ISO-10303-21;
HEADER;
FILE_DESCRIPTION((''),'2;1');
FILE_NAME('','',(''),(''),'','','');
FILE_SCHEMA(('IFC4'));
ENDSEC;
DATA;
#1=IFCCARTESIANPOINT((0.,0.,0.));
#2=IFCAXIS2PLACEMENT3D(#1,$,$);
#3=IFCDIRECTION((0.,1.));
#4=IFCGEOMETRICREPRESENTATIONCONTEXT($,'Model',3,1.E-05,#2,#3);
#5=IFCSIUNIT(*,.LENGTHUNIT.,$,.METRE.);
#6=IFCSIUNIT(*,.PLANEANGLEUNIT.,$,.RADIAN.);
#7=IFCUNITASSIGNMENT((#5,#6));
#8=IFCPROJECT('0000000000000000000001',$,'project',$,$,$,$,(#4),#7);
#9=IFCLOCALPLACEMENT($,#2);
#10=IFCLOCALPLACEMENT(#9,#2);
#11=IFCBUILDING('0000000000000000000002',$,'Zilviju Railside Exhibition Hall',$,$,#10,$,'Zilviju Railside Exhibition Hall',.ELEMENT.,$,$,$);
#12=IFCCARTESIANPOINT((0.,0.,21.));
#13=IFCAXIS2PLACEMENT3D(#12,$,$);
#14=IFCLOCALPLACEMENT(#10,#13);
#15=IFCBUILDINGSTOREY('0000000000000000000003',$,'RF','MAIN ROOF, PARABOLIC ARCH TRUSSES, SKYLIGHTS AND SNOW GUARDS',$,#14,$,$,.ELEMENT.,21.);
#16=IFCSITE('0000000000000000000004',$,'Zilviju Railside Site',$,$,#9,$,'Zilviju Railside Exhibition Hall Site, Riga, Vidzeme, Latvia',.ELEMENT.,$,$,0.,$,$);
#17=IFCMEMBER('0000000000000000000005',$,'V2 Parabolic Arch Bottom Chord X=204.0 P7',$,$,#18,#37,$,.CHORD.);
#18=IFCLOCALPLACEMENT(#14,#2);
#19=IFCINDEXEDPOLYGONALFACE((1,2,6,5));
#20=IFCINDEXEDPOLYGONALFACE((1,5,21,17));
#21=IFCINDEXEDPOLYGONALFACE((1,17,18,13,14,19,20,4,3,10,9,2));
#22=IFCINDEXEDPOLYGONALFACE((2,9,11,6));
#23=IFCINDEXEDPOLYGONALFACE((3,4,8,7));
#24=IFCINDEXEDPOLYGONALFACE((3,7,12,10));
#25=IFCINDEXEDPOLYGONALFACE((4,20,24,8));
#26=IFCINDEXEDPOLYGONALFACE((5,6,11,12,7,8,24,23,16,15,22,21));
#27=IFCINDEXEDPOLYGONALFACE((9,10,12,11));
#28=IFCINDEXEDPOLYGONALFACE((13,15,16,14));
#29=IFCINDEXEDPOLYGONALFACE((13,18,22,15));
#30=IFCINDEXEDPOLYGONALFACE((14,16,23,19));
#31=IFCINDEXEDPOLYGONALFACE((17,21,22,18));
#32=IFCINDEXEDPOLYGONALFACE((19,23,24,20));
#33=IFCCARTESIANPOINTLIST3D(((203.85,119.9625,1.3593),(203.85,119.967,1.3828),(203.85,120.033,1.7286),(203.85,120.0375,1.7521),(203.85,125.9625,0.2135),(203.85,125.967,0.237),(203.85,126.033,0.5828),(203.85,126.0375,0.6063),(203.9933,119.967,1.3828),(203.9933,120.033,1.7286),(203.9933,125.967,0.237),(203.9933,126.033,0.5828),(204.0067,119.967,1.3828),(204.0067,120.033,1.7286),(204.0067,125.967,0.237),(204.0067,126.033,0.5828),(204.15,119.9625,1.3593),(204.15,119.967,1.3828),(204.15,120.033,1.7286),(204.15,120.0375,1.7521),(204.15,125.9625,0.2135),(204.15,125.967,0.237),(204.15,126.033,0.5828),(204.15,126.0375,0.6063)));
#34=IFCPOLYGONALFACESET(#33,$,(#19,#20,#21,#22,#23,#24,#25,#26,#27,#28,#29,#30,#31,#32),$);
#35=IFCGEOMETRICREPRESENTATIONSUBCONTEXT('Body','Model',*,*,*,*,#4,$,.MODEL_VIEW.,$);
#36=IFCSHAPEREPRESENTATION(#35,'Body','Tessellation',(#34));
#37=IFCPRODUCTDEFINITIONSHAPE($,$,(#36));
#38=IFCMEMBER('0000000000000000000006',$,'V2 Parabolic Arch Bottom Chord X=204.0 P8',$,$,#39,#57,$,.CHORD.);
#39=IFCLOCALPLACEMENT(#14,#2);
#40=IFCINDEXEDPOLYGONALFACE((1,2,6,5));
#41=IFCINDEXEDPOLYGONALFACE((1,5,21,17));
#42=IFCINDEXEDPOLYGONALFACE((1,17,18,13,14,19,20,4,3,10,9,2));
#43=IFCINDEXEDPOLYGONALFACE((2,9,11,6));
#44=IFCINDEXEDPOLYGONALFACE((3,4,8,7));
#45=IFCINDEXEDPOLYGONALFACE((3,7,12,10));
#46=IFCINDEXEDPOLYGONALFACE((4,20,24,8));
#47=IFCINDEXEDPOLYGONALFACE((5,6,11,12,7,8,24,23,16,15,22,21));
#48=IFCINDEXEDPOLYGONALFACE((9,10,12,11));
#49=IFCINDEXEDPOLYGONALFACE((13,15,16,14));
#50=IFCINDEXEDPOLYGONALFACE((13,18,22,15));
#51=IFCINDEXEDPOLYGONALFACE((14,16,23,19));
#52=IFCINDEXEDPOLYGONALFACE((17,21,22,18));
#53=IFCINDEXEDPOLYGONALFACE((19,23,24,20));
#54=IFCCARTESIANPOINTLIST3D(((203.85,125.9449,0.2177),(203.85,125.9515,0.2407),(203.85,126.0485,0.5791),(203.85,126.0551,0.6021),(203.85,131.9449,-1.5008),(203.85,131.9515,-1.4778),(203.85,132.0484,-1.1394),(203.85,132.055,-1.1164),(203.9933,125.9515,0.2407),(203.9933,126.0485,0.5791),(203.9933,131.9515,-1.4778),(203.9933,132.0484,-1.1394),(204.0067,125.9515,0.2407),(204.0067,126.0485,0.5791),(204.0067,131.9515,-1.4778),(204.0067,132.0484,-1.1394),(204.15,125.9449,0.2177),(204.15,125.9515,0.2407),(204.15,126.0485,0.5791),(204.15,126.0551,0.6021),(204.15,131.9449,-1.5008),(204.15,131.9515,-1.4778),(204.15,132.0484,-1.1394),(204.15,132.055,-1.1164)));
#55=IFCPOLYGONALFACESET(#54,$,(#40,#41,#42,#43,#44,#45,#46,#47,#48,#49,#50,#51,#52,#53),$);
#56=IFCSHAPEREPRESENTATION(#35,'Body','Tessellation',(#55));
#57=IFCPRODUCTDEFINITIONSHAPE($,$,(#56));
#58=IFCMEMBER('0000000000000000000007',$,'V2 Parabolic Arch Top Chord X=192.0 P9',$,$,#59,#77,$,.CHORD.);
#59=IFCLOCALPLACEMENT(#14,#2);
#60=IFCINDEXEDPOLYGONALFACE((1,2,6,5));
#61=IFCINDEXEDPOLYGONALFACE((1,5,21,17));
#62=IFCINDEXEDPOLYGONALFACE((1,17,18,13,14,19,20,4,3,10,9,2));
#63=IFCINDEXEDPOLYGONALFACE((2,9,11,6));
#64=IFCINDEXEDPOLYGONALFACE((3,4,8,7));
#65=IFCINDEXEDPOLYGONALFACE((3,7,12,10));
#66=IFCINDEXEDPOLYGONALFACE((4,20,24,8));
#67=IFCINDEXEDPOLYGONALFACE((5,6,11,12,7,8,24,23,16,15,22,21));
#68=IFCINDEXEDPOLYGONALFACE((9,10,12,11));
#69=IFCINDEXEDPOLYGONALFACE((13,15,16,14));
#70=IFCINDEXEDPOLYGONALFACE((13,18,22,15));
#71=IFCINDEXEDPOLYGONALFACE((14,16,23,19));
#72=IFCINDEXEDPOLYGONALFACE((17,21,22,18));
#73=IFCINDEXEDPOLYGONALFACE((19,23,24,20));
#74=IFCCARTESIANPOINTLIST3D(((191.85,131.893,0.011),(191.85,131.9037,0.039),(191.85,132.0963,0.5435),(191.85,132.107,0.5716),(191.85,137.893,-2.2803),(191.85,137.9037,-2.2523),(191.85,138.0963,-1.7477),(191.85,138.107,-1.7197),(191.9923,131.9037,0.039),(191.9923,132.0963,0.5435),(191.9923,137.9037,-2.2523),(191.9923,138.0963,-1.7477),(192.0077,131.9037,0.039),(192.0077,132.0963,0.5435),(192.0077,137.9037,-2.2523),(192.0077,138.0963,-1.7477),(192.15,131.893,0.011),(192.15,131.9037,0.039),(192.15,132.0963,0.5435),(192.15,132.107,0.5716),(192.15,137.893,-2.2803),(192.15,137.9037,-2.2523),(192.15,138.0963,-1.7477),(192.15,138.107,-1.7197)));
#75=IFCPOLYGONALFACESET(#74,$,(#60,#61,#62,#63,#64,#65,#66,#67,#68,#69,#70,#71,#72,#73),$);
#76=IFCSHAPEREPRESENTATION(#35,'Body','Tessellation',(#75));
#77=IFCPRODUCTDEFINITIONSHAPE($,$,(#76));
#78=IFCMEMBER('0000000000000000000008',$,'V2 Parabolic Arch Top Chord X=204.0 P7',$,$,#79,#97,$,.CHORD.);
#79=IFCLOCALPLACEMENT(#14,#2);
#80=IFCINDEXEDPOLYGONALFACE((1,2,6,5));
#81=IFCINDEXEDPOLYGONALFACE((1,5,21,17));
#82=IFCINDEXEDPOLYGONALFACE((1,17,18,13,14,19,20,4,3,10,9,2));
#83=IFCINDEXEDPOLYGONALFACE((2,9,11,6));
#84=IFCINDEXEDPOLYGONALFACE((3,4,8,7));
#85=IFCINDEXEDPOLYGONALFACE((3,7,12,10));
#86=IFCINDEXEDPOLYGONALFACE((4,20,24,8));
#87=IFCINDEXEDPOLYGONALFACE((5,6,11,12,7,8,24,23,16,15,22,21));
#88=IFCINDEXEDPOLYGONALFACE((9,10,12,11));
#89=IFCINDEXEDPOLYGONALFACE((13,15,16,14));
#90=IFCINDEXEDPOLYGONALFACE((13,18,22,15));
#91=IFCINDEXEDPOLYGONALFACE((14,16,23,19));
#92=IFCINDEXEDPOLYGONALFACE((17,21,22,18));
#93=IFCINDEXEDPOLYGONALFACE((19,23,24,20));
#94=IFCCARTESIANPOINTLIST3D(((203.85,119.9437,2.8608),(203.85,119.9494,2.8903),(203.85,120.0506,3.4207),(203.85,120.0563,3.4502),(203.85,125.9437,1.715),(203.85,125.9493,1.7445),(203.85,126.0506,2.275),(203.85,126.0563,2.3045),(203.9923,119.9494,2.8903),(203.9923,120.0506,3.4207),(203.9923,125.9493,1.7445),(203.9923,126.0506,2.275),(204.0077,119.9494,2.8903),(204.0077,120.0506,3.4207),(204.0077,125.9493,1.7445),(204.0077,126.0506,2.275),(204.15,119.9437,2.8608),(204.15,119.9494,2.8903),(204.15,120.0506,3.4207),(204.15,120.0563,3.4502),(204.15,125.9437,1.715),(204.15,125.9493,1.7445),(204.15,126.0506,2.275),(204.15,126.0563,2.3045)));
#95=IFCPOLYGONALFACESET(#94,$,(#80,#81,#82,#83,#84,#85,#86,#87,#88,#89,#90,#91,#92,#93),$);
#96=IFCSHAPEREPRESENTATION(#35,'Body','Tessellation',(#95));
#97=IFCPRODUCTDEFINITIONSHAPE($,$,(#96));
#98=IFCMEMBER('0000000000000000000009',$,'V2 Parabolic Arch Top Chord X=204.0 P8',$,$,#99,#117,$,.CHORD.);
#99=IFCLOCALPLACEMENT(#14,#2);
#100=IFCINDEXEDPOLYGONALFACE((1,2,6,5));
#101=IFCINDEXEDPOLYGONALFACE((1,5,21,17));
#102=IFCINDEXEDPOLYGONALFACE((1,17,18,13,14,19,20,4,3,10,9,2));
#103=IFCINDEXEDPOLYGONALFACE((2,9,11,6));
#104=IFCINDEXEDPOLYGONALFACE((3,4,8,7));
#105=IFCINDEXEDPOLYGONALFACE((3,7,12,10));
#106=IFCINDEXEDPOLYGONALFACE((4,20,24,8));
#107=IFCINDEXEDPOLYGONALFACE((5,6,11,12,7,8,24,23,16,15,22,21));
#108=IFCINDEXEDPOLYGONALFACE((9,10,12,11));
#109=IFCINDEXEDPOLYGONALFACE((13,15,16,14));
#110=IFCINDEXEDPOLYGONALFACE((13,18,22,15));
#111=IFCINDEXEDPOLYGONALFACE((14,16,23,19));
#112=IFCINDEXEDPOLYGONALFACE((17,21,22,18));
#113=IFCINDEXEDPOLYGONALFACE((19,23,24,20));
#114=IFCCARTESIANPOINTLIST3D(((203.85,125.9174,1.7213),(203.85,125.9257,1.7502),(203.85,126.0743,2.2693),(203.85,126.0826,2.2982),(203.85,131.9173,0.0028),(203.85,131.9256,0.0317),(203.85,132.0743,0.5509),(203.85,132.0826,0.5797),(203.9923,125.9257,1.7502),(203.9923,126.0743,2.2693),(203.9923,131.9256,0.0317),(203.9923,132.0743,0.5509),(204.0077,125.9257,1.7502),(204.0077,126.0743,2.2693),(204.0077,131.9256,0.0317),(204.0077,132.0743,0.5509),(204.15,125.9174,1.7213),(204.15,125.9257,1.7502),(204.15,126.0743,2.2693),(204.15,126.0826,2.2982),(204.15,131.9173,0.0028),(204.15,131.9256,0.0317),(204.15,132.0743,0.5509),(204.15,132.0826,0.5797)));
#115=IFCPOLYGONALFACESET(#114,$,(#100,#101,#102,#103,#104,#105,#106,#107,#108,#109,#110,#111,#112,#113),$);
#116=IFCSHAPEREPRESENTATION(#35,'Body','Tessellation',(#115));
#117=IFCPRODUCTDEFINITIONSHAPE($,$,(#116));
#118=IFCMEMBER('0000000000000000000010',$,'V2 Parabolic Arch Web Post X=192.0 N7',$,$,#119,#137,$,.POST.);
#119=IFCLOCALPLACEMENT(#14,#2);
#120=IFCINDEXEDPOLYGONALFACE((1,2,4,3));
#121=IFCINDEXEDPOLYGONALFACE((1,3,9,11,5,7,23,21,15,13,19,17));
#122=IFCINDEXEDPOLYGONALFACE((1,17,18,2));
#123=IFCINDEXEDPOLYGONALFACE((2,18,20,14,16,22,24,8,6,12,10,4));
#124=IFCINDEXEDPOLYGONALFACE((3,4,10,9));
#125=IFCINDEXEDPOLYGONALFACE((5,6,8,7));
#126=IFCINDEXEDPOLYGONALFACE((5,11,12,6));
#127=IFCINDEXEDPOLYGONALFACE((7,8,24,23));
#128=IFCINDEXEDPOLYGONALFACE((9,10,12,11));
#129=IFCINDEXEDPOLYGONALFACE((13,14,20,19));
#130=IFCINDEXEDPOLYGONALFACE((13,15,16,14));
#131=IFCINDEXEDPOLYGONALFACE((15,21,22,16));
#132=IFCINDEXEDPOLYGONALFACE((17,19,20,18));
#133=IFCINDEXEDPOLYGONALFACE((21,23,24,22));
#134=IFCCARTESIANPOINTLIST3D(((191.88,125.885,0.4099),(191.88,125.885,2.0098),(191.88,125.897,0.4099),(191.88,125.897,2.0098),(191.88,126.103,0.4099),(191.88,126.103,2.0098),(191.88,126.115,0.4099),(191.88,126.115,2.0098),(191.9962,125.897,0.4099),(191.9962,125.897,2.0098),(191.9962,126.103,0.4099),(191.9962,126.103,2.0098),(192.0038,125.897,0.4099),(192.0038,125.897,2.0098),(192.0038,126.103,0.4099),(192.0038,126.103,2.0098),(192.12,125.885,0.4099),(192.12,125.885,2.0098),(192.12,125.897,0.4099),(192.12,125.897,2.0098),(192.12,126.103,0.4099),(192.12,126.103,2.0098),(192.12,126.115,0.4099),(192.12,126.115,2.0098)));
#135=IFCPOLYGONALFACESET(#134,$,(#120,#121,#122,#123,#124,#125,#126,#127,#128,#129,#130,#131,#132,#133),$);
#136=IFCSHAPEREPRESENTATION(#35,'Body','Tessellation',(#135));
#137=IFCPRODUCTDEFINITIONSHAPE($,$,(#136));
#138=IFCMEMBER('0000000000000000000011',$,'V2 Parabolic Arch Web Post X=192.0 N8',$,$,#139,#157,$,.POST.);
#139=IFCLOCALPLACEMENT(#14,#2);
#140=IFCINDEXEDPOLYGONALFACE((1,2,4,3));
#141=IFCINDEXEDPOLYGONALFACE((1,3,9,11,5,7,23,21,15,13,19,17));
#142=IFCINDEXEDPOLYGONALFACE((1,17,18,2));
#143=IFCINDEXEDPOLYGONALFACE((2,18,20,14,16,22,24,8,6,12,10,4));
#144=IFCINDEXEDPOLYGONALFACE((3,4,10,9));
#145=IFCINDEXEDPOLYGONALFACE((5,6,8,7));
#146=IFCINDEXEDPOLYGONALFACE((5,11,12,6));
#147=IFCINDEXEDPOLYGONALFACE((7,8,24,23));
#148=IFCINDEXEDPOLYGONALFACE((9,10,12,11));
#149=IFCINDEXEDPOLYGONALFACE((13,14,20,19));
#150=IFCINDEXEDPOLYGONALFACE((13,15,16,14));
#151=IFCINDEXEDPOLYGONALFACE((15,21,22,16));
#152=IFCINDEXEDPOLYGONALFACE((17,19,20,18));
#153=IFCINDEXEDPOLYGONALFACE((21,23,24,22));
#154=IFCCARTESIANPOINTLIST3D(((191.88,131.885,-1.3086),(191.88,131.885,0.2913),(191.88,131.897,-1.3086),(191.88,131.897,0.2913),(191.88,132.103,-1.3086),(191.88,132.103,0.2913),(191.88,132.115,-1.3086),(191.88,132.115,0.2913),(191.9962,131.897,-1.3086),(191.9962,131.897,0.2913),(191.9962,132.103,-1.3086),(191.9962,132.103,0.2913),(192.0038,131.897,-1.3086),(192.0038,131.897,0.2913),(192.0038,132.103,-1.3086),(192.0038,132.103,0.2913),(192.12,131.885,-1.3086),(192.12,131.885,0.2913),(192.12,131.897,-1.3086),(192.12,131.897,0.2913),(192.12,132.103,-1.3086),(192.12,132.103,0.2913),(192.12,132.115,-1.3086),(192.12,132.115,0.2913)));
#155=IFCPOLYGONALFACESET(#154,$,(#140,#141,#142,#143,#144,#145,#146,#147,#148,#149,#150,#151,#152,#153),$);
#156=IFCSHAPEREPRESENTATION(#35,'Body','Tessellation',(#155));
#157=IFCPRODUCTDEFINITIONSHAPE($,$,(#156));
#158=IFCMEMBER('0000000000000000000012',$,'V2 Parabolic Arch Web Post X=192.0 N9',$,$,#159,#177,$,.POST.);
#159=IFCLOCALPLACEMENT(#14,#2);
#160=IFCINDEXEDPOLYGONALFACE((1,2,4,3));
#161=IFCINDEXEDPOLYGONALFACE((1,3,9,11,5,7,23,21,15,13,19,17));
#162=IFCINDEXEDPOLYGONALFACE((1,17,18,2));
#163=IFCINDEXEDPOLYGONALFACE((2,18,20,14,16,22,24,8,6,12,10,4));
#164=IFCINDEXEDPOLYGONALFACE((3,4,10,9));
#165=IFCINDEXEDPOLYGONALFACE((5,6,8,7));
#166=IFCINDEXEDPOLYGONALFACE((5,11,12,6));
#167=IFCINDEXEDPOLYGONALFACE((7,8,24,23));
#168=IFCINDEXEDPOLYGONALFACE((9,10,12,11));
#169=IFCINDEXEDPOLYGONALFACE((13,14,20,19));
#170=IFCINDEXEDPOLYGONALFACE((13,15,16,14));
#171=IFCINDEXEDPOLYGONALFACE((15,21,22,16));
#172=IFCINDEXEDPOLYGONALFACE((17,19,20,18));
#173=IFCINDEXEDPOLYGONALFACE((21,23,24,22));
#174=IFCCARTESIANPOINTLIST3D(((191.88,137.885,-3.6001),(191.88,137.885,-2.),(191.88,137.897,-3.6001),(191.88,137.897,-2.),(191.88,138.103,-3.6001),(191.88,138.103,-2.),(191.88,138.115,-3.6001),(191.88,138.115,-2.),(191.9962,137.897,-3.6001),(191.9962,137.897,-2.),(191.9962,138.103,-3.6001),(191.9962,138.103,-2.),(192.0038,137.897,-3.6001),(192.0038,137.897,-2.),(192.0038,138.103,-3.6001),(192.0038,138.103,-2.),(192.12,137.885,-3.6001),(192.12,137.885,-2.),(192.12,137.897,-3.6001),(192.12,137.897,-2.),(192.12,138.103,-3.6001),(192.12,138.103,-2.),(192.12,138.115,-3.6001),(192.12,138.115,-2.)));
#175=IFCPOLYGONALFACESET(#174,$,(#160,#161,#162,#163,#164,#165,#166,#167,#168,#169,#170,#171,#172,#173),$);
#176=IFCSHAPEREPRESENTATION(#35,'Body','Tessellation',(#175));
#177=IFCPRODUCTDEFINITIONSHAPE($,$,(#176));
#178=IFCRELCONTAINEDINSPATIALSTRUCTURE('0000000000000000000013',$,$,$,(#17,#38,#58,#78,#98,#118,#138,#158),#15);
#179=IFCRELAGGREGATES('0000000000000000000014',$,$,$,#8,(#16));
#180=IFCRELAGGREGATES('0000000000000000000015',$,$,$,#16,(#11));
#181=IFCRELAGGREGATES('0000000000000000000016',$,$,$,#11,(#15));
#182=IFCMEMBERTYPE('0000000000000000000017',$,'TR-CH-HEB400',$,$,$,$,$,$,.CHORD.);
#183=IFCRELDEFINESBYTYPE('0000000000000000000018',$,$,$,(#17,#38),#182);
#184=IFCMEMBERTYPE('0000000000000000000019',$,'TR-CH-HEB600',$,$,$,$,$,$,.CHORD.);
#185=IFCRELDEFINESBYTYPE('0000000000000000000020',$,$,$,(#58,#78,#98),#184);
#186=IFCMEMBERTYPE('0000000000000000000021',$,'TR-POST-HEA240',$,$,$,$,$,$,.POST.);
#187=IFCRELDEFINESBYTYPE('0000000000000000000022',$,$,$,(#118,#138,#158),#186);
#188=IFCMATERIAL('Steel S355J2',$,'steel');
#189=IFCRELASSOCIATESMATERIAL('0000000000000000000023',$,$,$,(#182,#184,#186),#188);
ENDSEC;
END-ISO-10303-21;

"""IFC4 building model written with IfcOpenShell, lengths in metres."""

from ifc_helpers import new_model, si_unit, direction, frame, origin, origin_2d, place, context, subcontext, project, spatial, i_section, extrude, material, material_profile, profile_set, type_object, element, save


model = new_model("IFC4")

# Units and contexts
model_context = context("Model", 3, precision=1e-05, world=origin(), true_north=direction((0.0, 1.0)))
body_context = subcontext(model_context, "Body", "Model", "MODEL_VIEW")
ifc_project = project(units=[si_unit("LENGTHUNIT", "METRE"), si_unit("PLANEANGLEUNIT", "RADIAN")], contexts=[model_context])

# Site, building, storey
site_placement = place(None, origin())
site = spatial("IfcSite", under=ifc_project, at=site_placement, Name="Zilviju Railside Site", LongName="Zilviju Railside Exhibition Hall Site, Riga, Vidzeme, Latvia", CompositionType="ELEMENT", RefElevation=0.0)
building_placement = place(site_placement, origin())
building = spatial("IfcBuilding", under=site, at=building_placement, Name="Zilviju Railside Exhibition Hall", LongName="Zilviju Railside Exhibition Hall", CompositionType="ELEMENT")
storey_placement = place(building_placement, frame((0.0, 0.0, 21.0)))
storey = spatial("IfcBuildingStorey", under=building, at=storey_placement, Name="RF", Description="MAIN ROOF, PARABOLIC ARCH TRUSSES, SKYLIGHTS AND SNOW GUARDS", CompositionType="ELEMENT", Elevation=21.0)

# Members
ifc_material_1 = material(Name="Steel S355J2", Category="steel")
ifc_material_profile_1 = material_profile(ifc_material_1, i_section(OverallWidth=0.3, OverallDepth=0.3999, WebThickness=0.0134, FlangeThickness=0.0239, at=origin_2d()), Name="HEB 400")
ifc_profile_set_1 = profile_set([ifc_material_profile_1], Name="Steel S355J2")
member_type_1 = type_object("IfcMemberType", Name="TR-CH-HEB400", PredefinedType="CHORD", material=ifc_profile_set_1)
member_1_placement = place(storey_placement, frame((204.0, 120.0, 1.5557), z_axis=(0.0, 0.982251, -0.187569), x_axis=(-1.0, 0.0, 0.0)))
element("IfcMember", 1, at=member_1_placement, inside=storey, type_object=member_type_1, Name="V2 Parabolic Arch Bottom Chord X=204.0 P7", PredefinedType="CHORD", context=body_context, shape_type="SweptSolid", body=[
    extrude(i_section(OverallWidth=0.3, OverallDepth=0.3999, WebThickness=0.0134, FlangeThickness=0.0239, at=origin_2d()), origin(), (0.0, 0.0, 1.0), 6.1084),
])
member_2_placement = place(storey_placement, frame((204.0, 126.0, 0.4099), z_axis=(0.0, 0.961345, -0.275346), x_axis=(-1.0, 0.0, 0.0)))
element("IfcMember", 2, at=member_2_placement, inside=storey, type_object=member_type_1, Name="V2 Parabolic Arch Bottom Chord X=204.0 P8", PredefinedType="CHORD", context=body_context, shape_type="SweptSolid", body=[
    extrude(i_section(OverallWidth=0.3, OverallDepth=0.3999, WebThickness=0.0134, FlangeThickness=0.0239, at=origin_2d()), origin(), (0.0, 0.0, 1.0), 6.2412),
])
ifc_material_profile_2 = material_profile(ifc_material_1, i_section(OverallWidth=0.3, OverallDepth=0.6001, WebThickness=0.0154, FlangeThickness=0.03, at=origin_2d()), Name="HEB 600")
ifc_profile_set_2 = profile_set([ifc_material_profile_2], Name="Steel S355J2")
member_type_2 = type_object("IfcMemberType", Name="TR-CH-HEB600", PredefinedType="CHORD", material=ifc_profile_set_2)
member_3_placement = place(storey_placement, frame((192.0, 132.0, 0.2913), z_axis=(0.0, 0.9342, -0.356749), x_axis=(-1.0, 0.0, 0.0)))
element("IfcMember", 3, at=member_3_placement, inside=storey, type_object=member_type_2, Name="V2 Parabolic Arch Top Chord X=192.0 P9", PredefinedType="CHORD", context=body_context, shape_type="SweptSolid", body=[
    extrude(i_section(OverallWidth=0.3, OverallDepth=0.6001, WebThickness=0.0154, FlangeThickness=0.03, at=origin_2d()), origin(), (0.0, 0.0, 1.0), 6.4226),
])
member_4_placement = place(storey_placement, frame((204.0, 120.0, 3.1555), z_axis=(0.0, 0.982251, -0.187569), x_axis=(-1.0, 0.0, 0.0)))
element("IfcMember", 4, at=member_4_placement, inside=storey, type_object=member_type_2, Name="V2 Parabolic Arch Top Chord X=204.0 P7", PredefinedType="CHORD", context=body_context, shape_type="SweptSolid", body=[
    extrude(i_section(OverallWidth=0.3, OverallDepth=0.6001, WebThickness=0.0154, FlangeThickness=0.03, at=origin_2d()), origin(), (0.0, 0.0, 1.0), 6.1084),
])
member_5_placement = place(storey_placement, frame((204.0, 126.0, 2.0098), z_axis=(0.0, 0.961345, -0.275346), x_axis=(-1.0, 0.0, 0.0)))
element("IfcMember", 5, at=member_5_placement, inside=storey, type_object=member_type_2, Name="V2 Parabolic Arch Top Chord X=204.0 P8", PredefinedType="CHORD", context=body_context, shape_type="SweptSolid", body=[
    extrude(i_section(OverallWidth=0.3, OverallDepth=0.6001, WebThickness=0.0154, FlangeThickness=0.03, at=origin_2d()), origin(), (0.0, 0.0, 1.0), 6.2412),
])
ifc_material_profile_3 = material_profile(ifc_material_1, i_section(OverallWidth=0.24, OverallDepth=0.23, WebThickness=0.0076, FlangeThickness=0.012, at=origin_2d()), Name="HEA 240")
ifc_profile_set_3 = profile_set([ifc_material_profile_3], Name="Steel S355J2")
member_type_3 = type_object("IfcMemberType", Name="TR-POST-HEA240", PredefinedType="POST", material=ifc_profile_set_3)
for number, where, z_axis, x_axis, name in (
    (6, (192.0, 126.0, 0.4099), (0.0, 0.0, 1.0), (1.0, 0.0, 0.0), "V2 Parabolic Arch Web Post X=192.0 N7"),
    (7, (192.0, 132.0, -1.3086), (0.0, 0.0, 1.0), (1.0, 0.0, 0.0), "V2 Parabolic Arch Web Post X=192.0 N8"),
):
    element("IfcMember", number, at=place(storey_placement, frame(where, z_axis=z_axis, x_axis=x_axis)), inside=storey, type_object=member_type_3, Name=name, PredefinedType="POST", context=body_context, shape_type="SweptSolid", body=[
        extrude(i_section(OverallWidth=0.24, OverallDepth=0.23, WebThickness=0.0076, FlangeThickness=0.012, at=origin_2d()), origin(), (0.0, 0.0, 1.0), 1.5999),
    ])
member_6_placement = place(storey_placement, frame((192.0, 138.0, -3.6001), z_axis=(0.0, 0.0, 1.0), x_axis=(1.0, 0.0, 0.0)))
element("IfcMember", 8, at=member_6_placement, inside=storey, type_object=member_type_3, Name="V2 Parabolic Arch Web Post X=192.0 N9", PredefinedType="POST", context=body_context, shape_type="SweptSolid", body=[
    extrude(i_section(OverallWidth=0.24, OverallDepth=0.23, WebThickness=0.0076, FlangeThickness=0.012, at=origin_2d()), origin(), (0.0, 0.0, 1.0), 1.6001),
])

save(model, "model.ifc")
